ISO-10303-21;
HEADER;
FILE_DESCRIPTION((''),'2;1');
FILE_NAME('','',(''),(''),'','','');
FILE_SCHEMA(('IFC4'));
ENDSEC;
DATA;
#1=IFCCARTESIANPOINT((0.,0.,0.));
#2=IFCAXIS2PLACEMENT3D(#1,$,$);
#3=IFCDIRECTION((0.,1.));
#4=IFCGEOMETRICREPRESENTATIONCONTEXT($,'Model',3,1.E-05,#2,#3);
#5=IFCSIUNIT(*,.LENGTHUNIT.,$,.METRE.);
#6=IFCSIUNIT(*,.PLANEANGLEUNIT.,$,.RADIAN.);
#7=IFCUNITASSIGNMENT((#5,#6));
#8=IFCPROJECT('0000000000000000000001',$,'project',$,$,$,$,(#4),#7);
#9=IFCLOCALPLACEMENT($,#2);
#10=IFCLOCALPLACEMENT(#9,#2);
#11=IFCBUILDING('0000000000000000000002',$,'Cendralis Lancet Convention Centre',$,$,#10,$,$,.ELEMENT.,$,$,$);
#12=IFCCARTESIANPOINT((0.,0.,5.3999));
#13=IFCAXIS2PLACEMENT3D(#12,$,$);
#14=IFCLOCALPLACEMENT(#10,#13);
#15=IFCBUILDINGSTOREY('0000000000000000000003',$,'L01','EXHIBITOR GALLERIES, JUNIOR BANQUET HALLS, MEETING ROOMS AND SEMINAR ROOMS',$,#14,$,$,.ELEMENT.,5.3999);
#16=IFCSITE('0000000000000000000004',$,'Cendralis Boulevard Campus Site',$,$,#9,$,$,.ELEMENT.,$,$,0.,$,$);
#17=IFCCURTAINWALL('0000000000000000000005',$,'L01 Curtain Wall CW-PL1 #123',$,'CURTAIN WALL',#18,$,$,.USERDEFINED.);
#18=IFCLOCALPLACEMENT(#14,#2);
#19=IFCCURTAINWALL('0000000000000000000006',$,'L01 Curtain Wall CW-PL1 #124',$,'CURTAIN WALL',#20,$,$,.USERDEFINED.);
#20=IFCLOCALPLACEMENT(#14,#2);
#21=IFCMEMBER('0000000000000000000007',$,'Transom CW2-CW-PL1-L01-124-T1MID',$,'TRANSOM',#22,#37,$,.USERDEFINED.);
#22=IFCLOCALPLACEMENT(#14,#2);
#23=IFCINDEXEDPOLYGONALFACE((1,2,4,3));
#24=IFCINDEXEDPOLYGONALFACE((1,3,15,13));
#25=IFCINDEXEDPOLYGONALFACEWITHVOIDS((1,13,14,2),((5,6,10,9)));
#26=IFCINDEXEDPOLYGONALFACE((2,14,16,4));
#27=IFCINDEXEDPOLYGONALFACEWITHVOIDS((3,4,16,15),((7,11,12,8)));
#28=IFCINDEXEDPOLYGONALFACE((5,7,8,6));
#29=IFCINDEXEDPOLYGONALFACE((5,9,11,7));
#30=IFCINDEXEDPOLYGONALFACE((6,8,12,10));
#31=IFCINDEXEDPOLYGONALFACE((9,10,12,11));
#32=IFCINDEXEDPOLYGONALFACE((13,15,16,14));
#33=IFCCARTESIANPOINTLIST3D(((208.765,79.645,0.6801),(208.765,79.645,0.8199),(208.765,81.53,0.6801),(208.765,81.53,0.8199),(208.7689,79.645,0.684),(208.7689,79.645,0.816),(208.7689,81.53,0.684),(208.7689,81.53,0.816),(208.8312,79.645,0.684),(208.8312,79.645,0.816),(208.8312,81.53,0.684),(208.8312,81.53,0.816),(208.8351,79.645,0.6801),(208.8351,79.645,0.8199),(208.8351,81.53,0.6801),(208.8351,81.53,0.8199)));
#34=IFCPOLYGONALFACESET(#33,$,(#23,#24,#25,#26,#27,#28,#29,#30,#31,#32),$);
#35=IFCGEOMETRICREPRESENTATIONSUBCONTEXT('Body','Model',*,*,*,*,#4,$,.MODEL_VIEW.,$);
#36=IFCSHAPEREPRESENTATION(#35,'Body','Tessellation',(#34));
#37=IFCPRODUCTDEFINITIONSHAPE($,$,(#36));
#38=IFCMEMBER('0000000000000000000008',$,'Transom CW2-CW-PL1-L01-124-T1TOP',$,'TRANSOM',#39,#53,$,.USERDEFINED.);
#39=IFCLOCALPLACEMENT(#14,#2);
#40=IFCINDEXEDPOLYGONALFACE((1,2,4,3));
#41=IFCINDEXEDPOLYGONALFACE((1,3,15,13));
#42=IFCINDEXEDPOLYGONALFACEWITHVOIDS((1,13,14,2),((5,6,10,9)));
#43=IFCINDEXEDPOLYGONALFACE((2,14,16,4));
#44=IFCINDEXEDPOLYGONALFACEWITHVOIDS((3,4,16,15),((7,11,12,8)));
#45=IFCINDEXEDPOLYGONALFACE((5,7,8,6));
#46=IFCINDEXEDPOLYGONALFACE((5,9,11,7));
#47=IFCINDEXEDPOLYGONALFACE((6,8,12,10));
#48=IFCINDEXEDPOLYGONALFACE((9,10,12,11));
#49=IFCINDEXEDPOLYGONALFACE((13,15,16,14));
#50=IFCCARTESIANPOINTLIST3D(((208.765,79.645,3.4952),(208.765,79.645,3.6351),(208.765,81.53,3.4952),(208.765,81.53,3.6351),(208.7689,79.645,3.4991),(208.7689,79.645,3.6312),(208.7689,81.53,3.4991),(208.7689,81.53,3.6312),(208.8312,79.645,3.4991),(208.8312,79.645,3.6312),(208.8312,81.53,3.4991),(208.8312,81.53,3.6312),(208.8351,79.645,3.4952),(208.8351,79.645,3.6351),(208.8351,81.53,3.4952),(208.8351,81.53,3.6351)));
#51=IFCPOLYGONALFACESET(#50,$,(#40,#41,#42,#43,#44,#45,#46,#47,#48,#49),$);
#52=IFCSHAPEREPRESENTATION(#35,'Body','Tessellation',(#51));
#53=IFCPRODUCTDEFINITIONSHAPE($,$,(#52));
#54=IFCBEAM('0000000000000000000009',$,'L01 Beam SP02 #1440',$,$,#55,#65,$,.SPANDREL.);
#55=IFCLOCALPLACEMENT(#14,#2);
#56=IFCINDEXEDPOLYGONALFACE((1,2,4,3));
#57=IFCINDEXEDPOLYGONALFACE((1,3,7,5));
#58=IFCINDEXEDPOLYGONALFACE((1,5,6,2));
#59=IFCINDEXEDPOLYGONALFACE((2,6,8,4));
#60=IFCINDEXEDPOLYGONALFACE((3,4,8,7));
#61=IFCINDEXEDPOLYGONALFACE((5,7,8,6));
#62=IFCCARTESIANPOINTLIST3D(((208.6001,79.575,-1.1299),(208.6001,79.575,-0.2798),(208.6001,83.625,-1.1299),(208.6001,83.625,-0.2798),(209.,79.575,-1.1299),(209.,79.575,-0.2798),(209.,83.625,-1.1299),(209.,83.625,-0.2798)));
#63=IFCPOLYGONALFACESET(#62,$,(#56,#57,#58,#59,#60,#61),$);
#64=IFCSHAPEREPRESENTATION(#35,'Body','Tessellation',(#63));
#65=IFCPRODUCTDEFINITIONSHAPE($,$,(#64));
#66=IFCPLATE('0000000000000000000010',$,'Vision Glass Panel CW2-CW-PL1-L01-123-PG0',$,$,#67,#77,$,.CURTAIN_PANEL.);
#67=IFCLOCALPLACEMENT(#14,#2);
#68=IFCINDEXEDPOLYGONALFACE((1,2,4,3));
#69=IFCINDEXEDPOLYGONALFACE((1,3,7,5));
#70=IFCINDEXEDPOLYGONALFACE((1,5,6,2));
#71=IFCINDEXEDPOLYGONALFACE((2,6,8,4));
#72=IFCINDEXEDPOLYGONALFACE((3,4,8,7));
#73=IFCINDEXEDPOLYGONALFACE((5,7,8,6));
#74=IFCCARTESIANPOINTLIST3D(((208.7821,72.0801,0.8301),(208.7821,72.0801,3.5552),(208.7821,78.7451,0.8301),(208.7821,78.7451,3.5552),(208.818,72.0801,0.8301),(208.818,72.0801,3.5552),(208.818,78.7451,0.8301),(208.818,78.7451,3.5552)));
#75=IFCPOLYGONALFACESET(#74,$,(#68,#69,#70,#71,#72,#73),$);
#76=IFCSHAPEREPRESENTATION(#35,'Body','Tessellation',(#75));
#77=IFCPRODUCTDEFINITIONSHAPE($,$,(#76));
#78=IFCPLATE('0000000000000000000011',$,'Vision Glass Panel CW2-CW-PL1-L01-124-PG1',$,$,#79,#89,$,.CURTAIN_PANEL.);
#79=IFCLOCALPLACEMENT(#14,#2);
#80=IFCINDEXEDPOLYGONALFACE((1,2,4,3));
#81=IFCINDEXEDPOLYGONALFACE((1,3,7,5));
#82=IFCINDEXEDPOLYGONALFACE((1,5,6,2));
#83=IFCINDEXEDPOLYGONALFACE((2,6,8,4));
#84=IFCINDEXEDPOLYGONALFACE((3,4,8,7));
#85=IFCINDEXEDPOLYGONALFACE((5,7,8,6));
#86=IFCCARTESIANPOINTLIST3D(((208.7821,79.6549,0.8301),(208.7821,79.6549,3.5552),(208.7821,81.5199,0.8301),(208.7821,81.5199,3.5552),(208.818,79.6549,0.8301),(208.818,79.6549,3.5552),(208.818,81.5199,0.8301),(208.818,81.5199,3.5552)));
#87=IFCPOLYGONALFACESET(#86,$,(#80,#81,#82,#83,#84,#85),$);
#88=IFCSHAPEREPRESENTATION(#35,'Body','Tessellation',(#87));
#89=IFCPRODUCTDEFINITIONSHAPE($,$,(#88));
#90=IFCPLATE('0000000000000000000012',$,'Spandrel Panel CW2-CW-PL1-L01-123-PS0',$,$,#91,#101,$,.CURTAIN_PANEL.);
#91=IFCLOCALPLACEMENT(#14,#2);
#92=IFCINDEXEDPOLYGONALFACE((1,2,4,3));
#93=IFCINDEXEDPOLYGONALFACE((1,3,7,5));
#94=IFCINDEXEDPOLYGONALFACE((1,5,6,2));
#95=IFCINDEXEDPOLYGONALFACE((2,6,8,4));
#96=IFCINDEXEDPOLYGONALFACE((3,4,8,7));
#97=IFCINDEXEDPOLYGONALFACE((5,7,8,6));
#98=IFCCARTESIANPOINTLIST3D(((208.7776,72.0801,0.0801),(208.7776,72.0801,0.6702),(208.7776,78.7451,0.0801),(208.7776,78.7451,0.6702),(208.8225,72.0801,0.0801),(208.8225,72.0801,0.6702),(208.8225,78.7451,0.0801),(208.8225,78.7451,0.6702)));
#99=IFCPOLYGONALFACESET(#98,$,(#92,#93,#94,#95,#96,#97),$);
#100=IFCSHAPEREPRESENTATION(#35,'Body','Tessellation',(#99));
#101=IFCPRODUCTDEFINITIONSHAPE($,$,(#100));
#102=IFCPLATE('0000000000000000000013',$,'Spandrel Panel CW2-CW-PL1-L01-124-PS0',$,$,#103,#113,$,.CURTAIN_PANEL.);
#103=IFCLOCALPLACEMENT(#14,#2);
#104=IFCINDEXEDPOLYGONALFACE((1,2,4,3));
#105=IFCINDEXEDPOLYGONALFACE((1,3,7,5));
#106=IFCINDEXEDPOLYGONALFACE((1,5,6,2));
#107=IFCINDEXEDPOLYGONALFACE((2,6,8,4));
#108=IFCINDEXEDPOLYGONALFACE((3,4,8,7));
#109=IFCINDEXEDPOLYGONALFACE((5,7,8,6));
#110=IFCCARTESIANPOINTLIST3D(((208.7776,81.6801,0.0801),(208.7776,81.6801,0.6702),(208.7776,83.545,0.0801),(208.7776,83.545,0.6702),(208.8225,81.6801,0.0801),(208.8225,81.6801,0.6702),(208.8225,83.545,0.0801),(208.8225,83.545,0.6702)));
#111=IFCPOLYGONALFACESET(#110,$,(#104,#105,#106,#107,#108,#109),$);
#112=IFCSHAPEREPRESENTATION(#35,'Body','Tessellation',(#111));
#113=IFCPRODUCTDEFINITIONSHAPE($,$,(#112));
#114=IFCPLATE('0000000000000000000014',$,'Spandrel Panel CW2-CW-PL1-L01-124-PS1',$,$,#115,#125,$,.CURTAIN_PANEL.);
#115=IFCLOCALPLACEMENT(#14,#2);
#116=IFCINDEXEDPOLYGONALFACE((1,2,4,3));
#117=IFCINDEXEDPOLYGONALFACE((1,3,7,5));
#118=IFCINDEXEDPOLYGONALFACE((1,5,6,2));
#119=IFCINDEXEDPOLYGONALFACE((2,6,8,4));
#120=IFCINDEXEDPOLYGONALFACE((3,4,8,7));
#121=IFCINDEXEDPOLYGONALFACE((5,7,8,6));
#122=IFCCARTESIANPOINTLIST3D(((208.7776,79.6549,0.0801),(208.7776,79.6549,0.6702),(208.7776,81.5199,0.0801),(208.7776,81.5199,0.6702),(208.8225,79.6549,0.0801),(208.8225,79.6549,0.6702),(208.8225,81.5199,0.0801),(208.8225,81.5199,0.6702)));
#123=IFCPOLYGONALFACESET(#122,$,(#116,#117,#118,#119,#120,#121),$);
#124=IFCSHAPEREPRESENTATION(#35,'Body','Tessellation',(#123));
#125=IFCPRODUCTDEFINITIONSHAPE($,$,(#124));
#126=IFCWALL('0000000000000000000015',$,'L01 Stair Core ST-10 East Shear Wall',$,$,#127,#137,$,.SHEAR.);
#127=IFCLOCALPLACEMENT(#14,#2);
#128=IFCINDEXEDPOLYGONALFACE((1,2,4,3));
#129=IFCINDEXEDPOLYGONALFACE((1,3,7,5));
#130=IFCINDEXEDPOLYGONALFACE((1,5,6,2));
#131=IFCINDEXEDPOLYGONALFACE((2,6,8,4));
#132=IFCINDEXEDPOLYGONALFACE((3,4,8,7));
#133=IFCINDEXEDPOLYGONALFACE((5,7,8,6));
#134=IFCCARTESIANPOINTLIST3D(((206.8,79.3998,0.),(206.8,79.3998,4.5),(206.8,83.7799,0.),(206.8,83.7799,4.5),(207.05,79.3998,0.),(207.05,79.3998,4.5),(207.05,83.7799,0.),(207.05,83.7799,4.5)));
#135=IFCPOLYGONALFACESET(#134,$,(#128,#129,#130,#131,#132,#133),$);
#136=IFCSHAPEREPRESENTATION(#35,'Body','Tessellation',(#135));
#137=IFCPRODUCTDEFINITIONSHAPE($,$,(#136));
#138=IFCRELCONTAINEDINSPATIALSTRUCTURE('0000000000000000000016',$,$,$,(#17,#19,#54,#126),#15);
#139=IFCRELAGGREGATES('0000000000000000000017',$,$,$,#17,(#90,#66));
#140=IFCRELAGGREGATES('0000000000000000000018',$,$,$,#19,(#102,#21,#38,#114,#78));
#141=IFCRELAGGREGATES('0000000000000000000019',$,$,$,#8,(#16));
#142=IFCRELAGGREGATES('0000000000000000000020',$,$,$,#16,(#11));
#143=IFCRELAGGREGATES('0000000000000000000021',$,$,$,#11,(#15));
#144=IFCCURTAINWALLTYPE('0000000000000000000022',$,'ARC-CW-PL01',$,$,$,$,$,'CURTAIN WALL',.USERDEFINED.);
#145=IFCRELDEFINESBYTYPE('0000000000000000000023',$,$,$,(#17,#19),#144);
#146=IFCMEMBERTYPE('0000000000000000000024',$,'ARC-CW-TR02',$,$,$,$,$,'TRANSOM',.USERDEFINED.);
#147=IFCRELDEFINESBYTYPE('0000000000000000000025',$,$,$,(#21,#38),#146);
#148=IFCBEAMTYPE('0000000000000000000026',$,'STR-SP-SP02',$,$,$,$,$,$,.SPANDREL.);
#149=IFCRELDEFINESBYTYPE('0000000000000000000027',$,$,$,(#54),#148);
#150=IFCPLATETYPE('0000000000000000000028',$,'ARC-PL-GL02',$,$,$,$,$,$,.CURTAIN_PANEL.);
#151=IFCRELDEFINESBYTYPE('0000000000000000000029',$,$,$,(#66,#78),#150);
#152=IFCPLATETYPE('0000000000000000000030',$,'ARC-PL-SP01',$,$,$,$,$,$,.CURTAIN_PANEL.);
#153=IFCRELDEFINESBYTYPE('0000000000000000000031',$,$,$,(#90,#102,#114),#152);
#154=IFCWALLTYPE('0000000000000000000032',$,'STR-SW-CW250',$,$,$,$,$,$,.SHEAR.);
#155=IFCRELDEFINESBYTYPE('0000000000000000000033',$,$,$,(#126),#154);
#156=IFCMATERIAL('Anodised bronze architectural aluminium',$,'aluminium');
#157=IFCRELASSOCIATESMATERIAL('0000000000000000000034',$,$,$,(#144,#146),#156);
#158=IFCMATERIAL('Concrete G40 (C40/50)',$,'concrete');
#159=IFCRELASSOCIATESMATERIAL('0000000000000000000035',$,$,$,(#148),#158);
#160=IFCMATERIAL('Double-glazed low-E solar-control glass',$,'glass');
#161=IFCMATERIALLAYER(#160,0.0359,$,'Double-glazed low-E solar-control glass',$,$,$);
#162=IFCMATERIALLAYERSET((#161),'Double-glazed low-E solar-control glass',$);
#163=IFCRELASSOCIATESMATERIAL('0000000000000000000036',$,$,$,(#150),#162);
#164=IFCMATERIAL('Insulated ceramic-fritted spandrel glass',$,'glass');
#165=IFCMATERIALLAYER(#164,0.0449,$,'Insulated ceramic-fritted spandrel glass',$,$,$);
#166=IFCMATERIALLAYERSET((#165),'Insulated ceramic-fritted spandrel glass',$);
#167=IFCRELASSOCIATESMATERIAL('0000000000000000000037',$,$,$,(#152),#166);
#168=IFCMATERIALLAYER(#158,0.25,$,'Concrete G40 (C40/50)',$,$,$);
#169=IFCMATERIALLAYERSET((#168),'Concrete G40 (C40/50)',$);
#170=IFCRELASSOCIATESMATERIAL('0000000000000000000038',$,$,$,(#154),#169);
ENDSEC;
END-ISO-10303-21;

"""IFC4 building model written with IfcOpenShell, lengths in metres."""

from ifc_helpers import new_model, si_unit, direction, frame, frame_2d, origin, origin_2d, place, context, subcontext, project, spatial, rectangle, hollow_rectangle, extrude, material, layer, layer_set, material_profile, profile_set, type_object, element, aggregate, save


model = new_model("IFC4")

# Units and contexts
model_context = context("Model", 3, precision=1e-05, world=origin(), true_north=direction((0.0, 1.0)))
body_context = subcontext(model_context, "Body", "Model", "MODEL_VIEW")
ifc_project = project(units=[si_unit("LENGTHUNIT", "METRE"), si_unit("PLANEANGLEUNIT", "RADIAN")], contexts=[model_context])

# Site, building, storey
site_placement = place(None, origin())
site = spatial("IfcSite", under=ifc_project, at=site_placement, Name="Cendralis Boulevard Campus Site", CompositionType="ELEMENT", RefElevation=0.0)
building_placement = place(site_placement, origin())
building = spatial("IfcBuilding", under=site, at=building_placement, Name="Cendralis Lancet Convention Centre", CompositionType="ELEMENT")
storey_placement = place(building_placement, frame((0.0, 0.0, 5.3999)))
storey = spatial("IfcBuildingStorey", under=building, at=storey_placement, Name="L01", Description="EXHIBITOR GALLERIES, JUNIOR BANQUET HALLS, MEETING ROOMS AND SEMINAR ROOMS", CompositionType="ELEMENT", Elevation=5.3999)

# Shared definitions
ifc_material_1 = material(Name="Concrete G40 (C40/50)", Category="concrete")

# Curtain walls
ifc_material_2 = material(Name="Anodised bronze architectural aluminium", Category="aluminium")
curtain_wall_type = type_object("IfcCurtainWallType", Name="ARC-CW-PL01", ElementType="CURTAIN WALL", PredefinedType="USERDEFINED", material=ifc_material_2)
curtain_wall_1_placement = place(storey_placement, origin())
curtain_wall_1 = element("IfcCurtainWall", 1, at=curtain_wall_1_placement, inside=storey, type_object=curtain_wall_type, Name="L01 Curtain Wall CW-PL1 #123", ObjectType="CURTAIN WALL", PredefinedType="USERDEFINED")
curtain_wall_2_placement = place(storey_placement, origin())
curtain_wall_2 = element("IfcCurtainWall", 2, at=curtain_wall_2_placement, inside=storey, type_object=curtain_wall_type, Name="L01 Curtain Wall CW-PL1 #124", ObjectType="CURTAIN WALL", PredefinedType="USERDEFINED")

# Members
ifc_material_profile_1 = material_profile(ifc_material_2, hollow_rectangle(XDim=0.0701, YDim=0.1399, WallThickness=0.0039, at=origin_2d()), Name="AL-TRAN 70x140x4.0")
ifc_profile_set_1 = profile_set([ifc_material_profile_1], Name="Anodised bronze architectural aluminium")
member_type_1 = type_object("IfcMemberType", Name="ARC-CW-TR02", ElementType="TRANSOM", PredefinedType="USERDEFINED", material=ifc_profile_set_1)
member_1_placement = place(storey_placement, frame((208.8, 81.53, 0.75), z_axis=(0.0, -1.0, 0.0), x_axis=(1.0, 0.0, 0.0)))
member_1 = element("IfcMember", 3, at=member_1_placement, type_object=member_type_1, Name="Transom CW2-CW-PL1-L01-124-T1MID", ObjectType="TRANSOM", PredefinedType="USERDEFINED", context=body_context, shape_type="SweptSolid", body=[
    extrude(hollow_rectangle(XDim=0.0701, YDim=0.1399, WallThickness=0.0039, at=origin_2d()), origin(), (0.0, 0.0, 1.0), 1.885),
])
member_2_placement = place(storey_placement, frame((208.8, 81.53, 3.5652), z_axis=(0.0, -1.0, 0.0), x_axis=(1.0, 0.0, 0.0)))
member_2 = element("IfcMember", 4, at=member_2_placement, type_object=member_type_1, Name="Transom CW2-CW-PL1-L01-124-T1TOP", ObjectType="TRANSOM", PredefinedType="USERDEFINED", context=body_context, shape_type="SweptSolid", body=[
    extrude(hollow_rectangle(XDim=0.0701, YDim=0.1399, WallThickness=0.0039, at=origin_2d()), origin(), (0.0, 0.0, 1.0), 1.885),
])

# Beam
ifc_material_profile_2 = material_profile(ifc_material_1, rectangle(XDim=0.3999, YDim=0.8501, at=origin_2d()), Name="RCB 400x850")
ifc_profile_set_2 = profile_set([ifc_material_profile_2], Name="Concrete G40 (C40/50)")
beam_type = type_object("IfcBeamType", Name="STR-SP-SP02", PredefinedType="SPANDREL", material=ifc_profile_set_2)
beam_placement = place(storey_placement, frame((208.8, 79.575, -0.7048), z_axis=(0.0, 1.0, 0.0), x_axis=(-1.0, 0.0, 0.0)))
element("IfcBeam", 5, at=beam_placement, inside=storey, type_object=beam_type, Name="L01 Beam SP02 #1440", PredefinedType="SPANDREL", context=body_context, shape_type="SweptSolid", body=[
    extrude(rectangle(XDim=0.3999, YDim=0.8501, at=origin_2d()), origin(), (0.0, 0.0, 1.0), 4.05),
])

# Plates
ifc_material_3 = material(Name="Double-glazed low-E solar-control glass", Category="glass")
ifc_layer_1 = layer(ifc_material_3, 0.0359, Name="Double-glazed low-E solar-control glass")
ifc_layer_set_1 = layer_set([ifc_layer_1], Name="Double-glazed low-E solar-control glass")
plate_type_1 = type_object("IfcPlateType", Name="ARC-PL-GL02", PredefinedType="CURTAIN_PANEL", material=ifc_layer_set_1)
plate_1_placement = place(storey_placement, frame((208.8, 75.4126, 0.8301), z_axis=(0.0, 0.0, 1.0), x_axis=(0.0, -1.0, 0.0)))
plate_1 = element("IfcPlate", 6, at=plate_1_placement, type_object=plate_type_1, Name="Vision Glass Panel CW2-CW-PL1-L01-123-PG0", PredefinedType="CURTAIN_PANEL", context=body_context, shape_type="SweptSolid", body=[
    extrude(rectangle(XDim=6.665, YDim=0.0359, at=origin_2d()), origin(), (0.0, 0.0, 1.0), 2.7251),
])
plate_2_placement = place(storey_placement, frame((208.8, 80.5874, 0.8301), z_axis=(0.0, 0.0, 1.0), x_axis=(0.0, -1.0, 0.0)))
plate_2 = element("IfcPlate", 7, at=plate_2_placement, type_object=plate_type_1, Name="Vision Glass Panel CW2-CW-PL1-L01-124-PG1", PredefinedType="CURTAIN_PANEL", context=body_context, shape_type="SweptSolid", body=[
    extrude(rectangle(XDim=1.865, YDim=0.0359, at=origin_2d()), origin(), (0.0, 0.0, 1.0), 2.7251),
])
ifc_material_4 = material(Name="Insulated ceramic-fritted spandrel glass", Category="glass")
ifc_layer_2 = layer(ifc_material_4, 0.0449, Name="Insulated ceramic-fritted spandrel glass")
ifc_layer_set_2 = layer_set([ifc_layer_2], Name="Insulated ceramic-fritted spandrel glass")
plate_type_2 = type_object("IfcPlateType", Name="ARC-PL-SP01", PredefinedType="CURTAIN_PANEL", material=ifc_layer_set_2)
plate_3_placement = place(storey_placement, frame((208.8, 75.4126, 0.0801), z_axis=(0.0, 0.0, 1.0), x_axis=(0.0, -1.0, 0.0)))
plate_3 = element("IfcPlate", 8, at=plate_3_placement, type_object=plate_type_2, Name="Spandrel Panel CW2-CW-PL1-L01-123-PS0", PredefinedType="CURTAIN_PANEL", context=body_context, shape_type="SweptSolid", body=[
    extrude(rectangle(XDim=6.665, YDim=0.0449, at=origin_2d()), origin(), (0.0, 0.0, 1.0), 0.5901),
])
aggregate(curtain_wall_1, [plate_3, plate_1])
plate_4_placement = place(storey_placement, frame((208.8, 82.6125, 0.0801), z_axis=(0.0, 0.0, 1.0), x_axis=(0.0, -1.0, 0.0)))
plate_4 = element("IfcPlate", 9, at=plate_4_placement, type_object=plate_type_2, Name="Spandrel Panel CW2-CW-PL1-L01-124-PS0", PredefinedType="CURTAIN_PANEL", context=body_context, shape_type="SweptSolid", body=[
    extrude(rectangle(XDim=1.865, YDim=0.0449, at=origin_2d()), origin(), (0.0, 0.0, 1.0), 0.5901),
])
plate_5_placement = place(storey_placement, frame((208.8, 80.5874, 0.0801), z_axis=(0.0, 0.0, 1.0), x_axis=(0.0, -1.0, 0.0)))
plate_5 = element("IfcPlate", 10, at=plate_5_placement, type_object=plate_type_2, Name="Spandrel Panel CW2-CW-PL1-L01-124-PS1", PredefinedType="CURTAIN_PANEL", context=body_context, shape_type="SweptSolid", body=[
    extrude(rectangle(XDim=1.865, YDim=0.0449, at=origin_2d()), origin(), (0.0, 0.0, 1.0), 0.5901),
])
aggregate(curtain_wall_2, [plate_4, member_1, member_2, plate_5, plate_2])

# Wall
ifc_layer_3 = layer(ifc_material_1, 0.25, Name="Concrete G40 (C40/50)")
ifc_layer_set_3 = layer_set([ifc_layer_3], Name="Concrete G40 (C40/50)")
wall_type = type_object("IfcWallType", Name="STR-SW-CW250", PredefinedType="SHEAR", material=ifc_layer_set_3)
wall_placement = place(storey_placement, frame((206.925, 79.3999, 0.0), z_axis=(0.0, 0.0, 1.0), x_axis=(0.0, 1.0, 0.0)))
element("IfcWall", 11, at=wall_placement, inside=storey, type_object=wall_type, Name="L01 Stair Core ST-10 East Shear Wall", PredefinedType="SHEAR", context=body_context, shape_type="SweptSolid", body=[
    extrude(rectangle(XDim=4.3801, YDim=0.25, at=frame_2d((2.1899, 0.0))), origin(), (0.0, 0.0, 1.0), 4.5),
])

save(model, "model.ifc")
